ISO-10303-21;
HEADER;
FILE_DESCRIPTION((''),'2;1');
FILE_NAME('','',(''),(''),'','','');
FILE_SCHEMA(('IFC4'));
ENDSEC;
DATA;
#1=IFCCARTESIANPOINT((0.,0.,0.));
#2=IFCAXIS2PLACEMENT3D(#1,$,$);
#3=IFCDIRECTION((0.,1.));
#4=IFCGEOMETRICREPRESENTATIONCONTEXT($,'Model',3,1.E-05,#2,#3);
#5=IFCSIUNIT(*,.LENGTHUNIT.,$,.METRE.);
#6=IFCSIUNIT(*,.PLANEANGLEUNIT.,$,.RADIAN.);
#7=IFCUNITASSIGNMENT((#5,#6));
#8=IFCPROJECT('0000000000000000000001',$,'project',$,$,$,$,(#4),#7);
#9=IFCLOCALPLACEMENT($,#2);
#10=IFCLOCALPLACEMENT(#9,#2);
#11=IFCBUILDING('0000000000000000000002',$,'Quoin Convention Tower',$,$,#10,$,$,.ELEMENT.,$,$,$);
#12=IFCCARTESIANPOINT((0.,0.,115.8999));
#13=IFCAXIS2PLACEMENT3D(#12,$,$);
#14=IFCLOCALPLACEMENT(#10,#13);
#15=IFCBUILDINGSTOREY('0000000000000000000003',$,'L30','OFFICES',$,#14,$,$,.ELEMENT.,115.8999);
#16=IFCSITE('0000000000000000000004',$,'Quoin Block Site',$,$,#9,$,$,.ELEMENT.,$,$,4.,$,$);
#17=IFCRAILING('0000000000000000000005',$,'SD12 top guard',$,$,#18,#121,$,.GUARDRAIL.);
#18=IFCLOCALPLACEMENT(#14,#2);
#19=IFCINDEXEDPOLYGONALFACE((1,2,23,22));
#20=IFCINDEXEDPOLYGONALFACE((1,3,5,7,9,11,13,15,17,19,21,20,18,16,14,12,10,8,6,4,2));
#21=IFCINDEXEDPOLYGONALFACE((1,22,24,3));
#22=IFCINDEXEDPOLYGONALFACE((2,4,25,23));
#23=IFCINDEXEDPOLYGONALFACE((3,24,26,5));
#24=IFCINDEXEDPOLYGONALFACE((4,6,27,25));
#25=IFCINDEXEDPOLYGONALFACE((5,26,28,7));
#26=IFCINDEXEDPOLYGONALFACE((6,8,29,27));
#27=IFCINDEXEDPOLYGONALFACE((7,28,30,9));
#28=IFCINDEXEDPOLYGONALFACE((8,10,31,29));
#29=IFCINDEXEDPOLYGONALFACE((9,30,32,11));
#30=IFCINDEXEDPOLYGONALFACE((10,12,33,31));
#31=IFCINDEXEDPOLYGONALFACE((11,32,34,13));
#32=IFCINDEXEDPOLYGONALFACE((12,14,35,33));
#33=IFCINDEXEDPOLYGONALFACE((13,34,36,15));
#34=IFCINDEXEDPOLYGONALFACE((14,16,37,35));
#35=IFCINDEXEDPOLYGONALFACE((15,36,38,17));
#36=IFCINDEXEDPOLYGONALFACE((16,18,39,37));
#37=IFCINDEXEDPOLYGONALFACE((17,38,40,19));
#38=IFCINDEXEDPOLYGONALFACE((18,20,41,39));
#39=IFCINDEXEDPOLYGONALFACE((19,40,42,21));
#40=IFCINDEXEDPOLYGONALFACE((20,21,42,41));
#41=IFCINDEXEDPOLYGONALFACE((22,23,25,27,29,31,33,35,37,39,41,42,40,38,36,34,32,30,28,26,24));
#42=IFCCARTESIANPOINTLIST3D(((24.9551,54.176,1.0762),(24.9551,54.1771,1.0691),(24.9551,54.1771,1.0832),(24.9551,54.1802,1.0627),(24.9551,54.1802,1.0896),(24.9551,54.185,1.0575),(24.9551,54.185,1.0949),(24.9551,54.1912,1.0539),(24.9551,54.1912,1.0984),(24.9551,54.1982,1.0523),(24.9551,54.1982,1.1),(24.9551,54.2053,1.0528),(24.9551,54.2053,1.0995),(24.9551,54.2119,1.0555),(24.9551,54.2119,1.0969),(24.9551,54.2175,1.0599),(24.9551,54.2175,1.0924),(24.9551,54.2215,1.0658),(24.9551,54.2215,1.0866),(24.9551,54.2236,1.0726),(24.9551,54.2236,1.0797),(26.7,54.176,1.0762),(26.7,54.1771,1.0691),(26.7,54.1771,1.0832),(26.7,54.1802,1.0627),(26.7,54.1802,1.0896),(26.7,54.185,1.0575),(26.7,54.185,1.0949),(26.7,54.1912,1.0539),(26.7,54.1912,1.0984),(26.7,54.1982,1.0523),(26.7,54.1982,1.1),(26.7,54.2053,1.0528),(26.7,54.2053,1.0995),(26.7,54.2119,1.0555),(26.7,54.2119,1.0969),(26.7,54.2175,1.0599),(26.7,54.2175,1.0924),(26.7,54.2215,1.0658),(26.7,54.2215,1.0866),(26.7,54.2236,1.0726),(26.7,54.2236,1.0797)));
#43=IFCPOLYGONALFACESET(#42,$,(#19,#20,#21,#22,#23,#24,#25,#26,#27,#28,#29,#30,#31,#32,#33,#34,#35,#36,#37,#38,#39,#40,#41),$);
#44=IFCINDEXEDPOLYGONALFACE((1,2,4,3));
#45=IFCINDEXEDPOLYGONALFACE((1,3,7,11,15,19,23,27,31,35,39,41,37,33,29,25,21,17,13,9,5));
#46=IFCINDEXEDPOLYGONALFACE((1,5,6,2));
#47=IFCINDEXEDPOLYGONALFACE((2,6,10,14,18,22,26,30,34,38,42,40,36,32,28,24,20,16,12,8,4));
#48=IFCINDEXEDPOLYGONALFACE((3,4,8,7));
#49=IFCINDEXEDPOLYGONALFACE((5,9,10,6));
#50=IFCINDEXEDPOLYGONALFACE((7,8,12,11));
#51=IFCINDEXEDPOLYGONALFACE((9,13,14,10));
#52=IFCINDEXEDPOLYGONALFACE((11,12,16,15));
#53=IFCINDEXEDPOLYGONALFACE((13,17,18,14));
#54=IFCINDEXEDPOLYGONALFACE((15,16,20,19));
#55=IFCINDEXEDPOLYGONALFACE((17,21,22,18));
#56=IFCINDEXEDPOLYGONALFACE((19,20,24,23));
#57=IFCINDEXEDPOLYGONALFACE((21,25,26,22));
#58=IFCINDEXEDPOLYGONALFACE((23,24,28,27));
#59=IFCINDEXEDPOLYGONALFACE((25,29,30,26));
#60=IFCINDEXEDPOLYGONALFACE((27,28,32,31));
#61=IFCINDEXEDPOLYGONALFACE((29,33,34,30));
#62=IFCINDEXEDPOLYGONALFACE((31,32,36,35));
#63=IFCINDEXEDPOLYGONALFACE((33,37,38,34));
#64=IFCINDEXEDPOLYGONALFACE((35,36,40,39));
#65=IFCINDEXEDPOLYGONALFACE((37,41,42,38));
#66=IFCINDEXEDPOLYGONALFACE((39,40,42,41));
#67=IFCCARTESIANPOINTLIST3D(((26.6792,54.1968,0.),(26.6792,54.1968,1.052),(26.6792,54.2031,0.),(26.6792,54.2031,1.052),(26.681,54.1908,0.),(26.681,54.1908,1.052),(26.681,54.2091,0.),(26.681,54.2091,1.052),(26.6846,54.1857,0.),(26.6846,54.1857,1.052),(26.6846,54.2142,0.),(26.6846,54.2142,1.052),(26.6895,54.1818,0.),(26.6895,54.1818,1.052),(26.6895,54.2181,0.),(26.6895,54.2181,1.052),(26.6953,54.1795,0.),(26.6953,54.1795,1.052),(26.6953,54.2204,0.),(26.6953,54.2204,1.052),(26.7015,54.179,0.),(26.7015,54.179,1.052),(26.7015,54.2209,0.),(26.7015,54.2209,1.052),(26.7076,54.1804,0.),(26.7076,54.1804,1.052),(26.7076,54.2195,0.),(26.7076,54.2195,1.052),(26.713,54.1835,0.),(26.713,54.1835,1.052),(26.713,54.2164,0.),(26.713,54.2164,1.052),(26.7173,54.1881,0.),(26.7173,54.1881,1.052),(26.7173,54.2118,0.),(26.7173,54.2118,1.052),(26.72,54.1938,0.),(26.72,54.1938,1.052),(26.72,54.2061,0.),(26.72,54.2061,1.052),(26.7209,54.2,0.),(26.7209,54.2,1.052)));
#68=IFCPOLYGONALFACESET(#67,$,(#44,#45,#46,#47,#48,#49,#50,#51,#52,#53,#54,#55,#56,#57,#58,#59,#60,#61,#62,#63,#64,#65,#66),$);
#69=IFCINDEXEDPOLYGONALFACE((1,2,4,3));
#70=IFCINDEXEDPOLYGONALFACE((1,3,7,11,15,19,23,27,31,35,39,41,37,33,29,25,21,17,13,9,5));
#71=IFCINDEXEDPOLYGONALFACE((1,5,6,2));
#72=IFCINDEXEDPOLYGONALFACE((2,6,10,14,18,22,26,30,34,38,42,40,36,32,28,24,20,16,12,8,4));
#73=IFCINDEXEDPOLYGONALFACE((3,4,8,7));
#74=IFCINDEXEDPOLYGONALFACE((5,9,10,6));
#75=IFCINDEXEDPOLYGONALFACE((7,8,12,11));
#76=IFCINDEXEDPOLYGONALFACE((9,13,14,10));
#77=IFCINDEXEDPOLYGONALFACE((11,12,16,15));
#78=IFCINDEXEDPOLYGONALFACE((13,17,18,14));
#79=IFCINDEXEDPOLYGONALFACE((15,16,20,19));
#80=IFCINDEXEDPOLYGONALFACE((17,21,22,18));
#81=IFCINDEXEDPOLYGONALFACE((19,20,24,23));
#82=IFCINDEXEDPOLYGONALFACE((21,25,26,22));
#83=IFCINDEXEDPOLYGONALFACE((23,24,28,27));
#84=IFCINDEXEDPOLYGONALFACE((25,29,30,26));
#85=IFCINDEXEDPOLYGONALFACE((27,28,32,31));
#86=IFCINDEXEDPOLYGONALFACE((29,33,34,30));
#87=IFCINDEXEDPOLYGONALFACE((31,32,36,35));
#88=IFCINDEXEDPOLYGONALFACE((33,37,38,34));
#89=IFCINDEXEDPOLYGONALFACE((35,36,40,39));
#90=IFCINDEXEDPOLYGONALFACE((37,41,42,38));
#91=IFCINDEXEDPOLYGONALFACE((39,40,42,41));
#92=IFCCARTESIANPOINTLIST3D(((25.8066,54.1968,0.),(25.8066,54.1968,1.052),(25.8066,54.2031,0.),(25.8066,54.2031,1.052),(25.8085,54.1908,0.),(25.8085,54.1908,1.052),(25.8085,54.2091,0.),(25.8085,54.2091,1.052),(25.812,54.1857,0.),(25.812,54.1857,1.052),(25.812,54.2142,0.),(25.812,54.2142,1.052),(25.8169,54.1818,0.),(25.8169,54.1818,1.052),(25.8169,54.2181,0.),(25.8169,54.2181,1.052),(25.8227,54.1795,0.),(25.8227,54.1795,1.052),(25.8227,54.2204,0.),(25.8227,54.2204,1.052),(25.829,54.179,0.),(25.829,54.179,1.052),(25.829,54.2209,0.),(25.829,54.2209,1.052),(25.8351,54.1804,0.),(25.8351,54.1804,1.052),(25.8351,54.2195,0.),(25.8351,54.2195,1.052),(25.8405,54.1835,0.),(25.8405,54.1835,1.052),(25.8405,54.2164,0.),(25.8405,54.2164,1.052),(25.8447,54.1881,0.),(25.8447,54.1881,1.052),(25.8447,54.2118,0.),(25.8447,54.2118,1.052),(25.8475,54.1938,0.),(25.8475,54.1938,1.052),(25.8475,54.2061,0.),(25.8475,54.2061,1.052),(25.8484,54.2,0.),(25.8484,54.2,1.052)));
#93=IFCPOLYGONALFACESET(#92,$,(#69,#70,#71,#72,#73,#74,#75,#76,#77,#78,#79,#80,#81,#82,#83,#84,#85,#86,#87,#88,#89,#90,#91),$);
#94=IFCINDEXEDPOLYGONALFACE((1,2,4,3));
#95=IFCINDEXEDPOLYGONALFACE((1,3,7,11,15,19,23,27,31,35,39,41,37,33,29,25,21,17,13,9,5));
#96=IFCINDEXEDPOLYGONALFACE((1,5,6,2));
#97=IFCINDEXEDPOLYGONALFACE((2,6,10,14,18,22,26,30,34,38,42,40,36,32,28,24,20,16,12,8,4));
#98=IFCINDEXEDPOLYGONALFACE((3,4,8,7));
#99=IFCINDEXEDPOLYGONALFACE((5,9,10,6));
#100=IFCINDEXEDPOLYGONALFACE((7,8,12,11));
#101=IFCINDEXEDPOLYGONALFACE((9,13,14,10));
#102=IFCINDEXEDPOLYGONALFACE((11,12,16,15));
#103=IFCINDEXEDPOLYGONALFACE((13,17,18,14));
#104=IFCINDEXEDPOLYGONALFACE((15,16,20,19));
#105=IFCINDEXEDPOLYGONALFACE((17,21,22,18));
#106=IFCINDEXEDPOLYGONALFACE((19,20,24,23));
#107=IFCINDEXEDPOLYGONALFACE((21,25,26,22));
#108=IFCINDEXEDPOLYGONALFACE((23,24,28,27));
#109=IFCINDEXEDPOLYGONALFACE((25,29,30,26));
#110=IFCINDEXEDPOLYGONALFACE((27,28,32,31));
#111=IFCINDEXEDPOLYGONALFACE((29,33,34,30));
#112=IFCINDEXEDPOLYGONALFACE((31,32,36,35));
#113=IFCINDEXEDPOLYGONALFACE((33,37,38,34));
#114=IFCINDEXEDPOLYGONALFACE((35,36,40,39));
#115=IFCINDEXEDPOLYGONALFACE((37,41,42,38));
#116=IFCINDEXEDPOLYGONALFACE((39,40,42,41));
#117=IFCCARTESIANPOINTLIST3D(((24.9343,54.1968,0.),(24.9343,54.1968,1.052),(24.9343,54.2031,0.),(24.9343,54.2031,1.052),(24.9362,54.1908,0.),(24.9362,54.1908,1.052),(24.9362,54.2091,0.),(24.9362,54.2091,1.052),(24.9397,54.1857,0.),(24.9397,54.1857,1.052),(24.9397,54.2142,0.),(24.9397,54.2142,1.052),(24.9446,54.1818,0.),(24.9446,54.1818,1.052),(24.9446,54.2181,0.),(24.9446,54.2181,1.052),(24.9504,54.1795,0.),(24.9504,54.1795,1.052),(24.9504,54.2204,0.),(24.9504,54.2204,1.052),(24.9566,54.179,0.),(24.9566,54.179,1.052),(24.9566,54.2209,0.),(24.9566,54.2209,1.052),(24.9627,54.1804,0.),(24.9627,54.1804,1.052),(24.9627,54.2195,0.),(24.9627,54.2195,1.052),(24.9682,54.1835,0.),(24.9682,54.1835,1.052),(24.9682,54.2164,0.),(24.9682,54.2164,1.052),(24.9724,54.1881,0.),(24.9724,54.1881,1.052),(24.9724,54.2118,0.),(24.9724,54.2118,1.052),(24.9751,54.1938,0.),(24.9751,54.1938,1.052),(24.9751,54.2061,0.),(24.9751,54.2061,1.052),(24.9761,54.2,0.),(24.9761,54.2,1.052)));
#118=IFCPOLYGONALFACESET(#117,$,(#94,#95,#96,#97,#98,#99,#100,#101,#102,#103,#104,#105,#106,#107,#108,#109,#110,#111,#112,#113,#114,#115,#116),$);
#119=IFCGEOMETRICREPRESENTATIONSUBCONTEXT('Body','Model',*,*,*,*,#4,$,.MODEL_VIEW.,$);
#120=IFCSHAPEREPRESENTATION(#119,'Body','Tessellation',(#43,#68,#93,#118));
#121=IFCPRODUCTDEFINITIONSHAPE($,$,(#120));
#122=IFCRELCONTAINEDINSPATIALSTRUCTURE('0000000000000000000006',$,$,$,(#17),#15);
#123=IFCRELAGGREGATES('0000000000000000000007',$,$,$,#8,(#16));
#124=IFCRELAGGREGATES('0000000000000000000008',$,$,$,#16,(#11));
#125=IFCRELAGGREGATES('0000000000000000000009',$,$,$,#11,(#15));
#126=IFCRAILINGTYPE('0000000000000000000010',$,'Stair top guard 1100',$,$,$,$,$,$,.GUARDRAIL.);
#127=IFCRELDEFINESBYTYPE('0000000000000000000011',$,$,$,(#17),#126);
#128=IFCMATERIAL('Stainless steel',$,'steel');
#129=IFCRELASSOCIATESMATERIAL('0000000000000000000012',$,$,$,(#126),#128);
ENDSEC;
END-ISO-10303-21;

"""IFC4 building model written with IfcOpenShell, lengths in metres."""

from ifc_helpers import new_model, si_unit, direction, frame, origin, origin_2d, place, context, subcontext, project, spatial, circle, extrude, material, type_object, element, save


model = new_model("IFC4")

# Units and contexts
model_context = context("Model", 3, precision=1e-05, world=origin(), true_north=direction((0.0, 1.0)))
body_context = subcontext(model_context, "Body", "Model", "MODEL_VIEW")
ifc_project = project(units=[si_unit("LENGTHUNIT", "METRE"), si_unit("PLANEANGLEUNIT", "RADIAN")], contexts=[model_context])

# Site, building, storey
site_placement = place(None, origin())
site = spatial("IfcSite", under=ifc_project, at=site_placement, Name="Quoin Block Site", CompositionType="ELEMENT", RefElevation=4.0)
building_placement = place(site_placement, origin())
building = spatial("IfcBuilding", under=site, at=building_placement, Name="Quoin Convention Tower", CompositionType="ELEMENT")
storey_placement = place(building_placement, frame((0.0, 0.0, 115.8999)))
storey = spatial("IfcBuildingStorey", under=building, at=storey_placement, Name="L30", Description="OFFICES", CompositionType="ELEMENT", Elevation=115.8999)

# Railing
ifc_material_1 = material(Name="Stainless steel", Category="steel")
railing_type_1 = type_object("IfcRailingType", Name="Stair top guard 1100", PredefinedType="GUARDRAIL", material=ifc_material_1)
for number, where, name in (
    (1, (26.7, 54.2, 0.0), "SD12 top guard"),
):
    element("IfcRailing", number, at=place(storey_placement, frame(where)), inside=storey, type_object=railing_type_1, Name=name, PredefinedType="GUARDRAIL", context=body_context, shape_type="SweptSolid", body=[
        extrude(circle(Radius=0.0239, at=origin_2d()), frame((0.0, 0.0, 1.0762), z_axis=(-1.0, 0.0, 0.0), x_axis=(0.0, -1.0, 0.0)), (0.0, 0.0, 1.0), 1.7449),
        extrude(circle(Radius=0.021, at=origin_2d()), origin(), (0.0, 0.0, 1.0), 1.052),
        extrude(circle(Radius=0.021, at=origin_2d()), frame((-0.8726, 0.0, 0.0)), (0.0, 0.0, 1.0), 1.052),
        extrude(circle(Radius=0.021, at=origin_2d()), frame((-1.7449, 0.0, 0.0)), (0.0, 0.0, 1.0), 1.052),
    ])

save(model, "model.ifc")
